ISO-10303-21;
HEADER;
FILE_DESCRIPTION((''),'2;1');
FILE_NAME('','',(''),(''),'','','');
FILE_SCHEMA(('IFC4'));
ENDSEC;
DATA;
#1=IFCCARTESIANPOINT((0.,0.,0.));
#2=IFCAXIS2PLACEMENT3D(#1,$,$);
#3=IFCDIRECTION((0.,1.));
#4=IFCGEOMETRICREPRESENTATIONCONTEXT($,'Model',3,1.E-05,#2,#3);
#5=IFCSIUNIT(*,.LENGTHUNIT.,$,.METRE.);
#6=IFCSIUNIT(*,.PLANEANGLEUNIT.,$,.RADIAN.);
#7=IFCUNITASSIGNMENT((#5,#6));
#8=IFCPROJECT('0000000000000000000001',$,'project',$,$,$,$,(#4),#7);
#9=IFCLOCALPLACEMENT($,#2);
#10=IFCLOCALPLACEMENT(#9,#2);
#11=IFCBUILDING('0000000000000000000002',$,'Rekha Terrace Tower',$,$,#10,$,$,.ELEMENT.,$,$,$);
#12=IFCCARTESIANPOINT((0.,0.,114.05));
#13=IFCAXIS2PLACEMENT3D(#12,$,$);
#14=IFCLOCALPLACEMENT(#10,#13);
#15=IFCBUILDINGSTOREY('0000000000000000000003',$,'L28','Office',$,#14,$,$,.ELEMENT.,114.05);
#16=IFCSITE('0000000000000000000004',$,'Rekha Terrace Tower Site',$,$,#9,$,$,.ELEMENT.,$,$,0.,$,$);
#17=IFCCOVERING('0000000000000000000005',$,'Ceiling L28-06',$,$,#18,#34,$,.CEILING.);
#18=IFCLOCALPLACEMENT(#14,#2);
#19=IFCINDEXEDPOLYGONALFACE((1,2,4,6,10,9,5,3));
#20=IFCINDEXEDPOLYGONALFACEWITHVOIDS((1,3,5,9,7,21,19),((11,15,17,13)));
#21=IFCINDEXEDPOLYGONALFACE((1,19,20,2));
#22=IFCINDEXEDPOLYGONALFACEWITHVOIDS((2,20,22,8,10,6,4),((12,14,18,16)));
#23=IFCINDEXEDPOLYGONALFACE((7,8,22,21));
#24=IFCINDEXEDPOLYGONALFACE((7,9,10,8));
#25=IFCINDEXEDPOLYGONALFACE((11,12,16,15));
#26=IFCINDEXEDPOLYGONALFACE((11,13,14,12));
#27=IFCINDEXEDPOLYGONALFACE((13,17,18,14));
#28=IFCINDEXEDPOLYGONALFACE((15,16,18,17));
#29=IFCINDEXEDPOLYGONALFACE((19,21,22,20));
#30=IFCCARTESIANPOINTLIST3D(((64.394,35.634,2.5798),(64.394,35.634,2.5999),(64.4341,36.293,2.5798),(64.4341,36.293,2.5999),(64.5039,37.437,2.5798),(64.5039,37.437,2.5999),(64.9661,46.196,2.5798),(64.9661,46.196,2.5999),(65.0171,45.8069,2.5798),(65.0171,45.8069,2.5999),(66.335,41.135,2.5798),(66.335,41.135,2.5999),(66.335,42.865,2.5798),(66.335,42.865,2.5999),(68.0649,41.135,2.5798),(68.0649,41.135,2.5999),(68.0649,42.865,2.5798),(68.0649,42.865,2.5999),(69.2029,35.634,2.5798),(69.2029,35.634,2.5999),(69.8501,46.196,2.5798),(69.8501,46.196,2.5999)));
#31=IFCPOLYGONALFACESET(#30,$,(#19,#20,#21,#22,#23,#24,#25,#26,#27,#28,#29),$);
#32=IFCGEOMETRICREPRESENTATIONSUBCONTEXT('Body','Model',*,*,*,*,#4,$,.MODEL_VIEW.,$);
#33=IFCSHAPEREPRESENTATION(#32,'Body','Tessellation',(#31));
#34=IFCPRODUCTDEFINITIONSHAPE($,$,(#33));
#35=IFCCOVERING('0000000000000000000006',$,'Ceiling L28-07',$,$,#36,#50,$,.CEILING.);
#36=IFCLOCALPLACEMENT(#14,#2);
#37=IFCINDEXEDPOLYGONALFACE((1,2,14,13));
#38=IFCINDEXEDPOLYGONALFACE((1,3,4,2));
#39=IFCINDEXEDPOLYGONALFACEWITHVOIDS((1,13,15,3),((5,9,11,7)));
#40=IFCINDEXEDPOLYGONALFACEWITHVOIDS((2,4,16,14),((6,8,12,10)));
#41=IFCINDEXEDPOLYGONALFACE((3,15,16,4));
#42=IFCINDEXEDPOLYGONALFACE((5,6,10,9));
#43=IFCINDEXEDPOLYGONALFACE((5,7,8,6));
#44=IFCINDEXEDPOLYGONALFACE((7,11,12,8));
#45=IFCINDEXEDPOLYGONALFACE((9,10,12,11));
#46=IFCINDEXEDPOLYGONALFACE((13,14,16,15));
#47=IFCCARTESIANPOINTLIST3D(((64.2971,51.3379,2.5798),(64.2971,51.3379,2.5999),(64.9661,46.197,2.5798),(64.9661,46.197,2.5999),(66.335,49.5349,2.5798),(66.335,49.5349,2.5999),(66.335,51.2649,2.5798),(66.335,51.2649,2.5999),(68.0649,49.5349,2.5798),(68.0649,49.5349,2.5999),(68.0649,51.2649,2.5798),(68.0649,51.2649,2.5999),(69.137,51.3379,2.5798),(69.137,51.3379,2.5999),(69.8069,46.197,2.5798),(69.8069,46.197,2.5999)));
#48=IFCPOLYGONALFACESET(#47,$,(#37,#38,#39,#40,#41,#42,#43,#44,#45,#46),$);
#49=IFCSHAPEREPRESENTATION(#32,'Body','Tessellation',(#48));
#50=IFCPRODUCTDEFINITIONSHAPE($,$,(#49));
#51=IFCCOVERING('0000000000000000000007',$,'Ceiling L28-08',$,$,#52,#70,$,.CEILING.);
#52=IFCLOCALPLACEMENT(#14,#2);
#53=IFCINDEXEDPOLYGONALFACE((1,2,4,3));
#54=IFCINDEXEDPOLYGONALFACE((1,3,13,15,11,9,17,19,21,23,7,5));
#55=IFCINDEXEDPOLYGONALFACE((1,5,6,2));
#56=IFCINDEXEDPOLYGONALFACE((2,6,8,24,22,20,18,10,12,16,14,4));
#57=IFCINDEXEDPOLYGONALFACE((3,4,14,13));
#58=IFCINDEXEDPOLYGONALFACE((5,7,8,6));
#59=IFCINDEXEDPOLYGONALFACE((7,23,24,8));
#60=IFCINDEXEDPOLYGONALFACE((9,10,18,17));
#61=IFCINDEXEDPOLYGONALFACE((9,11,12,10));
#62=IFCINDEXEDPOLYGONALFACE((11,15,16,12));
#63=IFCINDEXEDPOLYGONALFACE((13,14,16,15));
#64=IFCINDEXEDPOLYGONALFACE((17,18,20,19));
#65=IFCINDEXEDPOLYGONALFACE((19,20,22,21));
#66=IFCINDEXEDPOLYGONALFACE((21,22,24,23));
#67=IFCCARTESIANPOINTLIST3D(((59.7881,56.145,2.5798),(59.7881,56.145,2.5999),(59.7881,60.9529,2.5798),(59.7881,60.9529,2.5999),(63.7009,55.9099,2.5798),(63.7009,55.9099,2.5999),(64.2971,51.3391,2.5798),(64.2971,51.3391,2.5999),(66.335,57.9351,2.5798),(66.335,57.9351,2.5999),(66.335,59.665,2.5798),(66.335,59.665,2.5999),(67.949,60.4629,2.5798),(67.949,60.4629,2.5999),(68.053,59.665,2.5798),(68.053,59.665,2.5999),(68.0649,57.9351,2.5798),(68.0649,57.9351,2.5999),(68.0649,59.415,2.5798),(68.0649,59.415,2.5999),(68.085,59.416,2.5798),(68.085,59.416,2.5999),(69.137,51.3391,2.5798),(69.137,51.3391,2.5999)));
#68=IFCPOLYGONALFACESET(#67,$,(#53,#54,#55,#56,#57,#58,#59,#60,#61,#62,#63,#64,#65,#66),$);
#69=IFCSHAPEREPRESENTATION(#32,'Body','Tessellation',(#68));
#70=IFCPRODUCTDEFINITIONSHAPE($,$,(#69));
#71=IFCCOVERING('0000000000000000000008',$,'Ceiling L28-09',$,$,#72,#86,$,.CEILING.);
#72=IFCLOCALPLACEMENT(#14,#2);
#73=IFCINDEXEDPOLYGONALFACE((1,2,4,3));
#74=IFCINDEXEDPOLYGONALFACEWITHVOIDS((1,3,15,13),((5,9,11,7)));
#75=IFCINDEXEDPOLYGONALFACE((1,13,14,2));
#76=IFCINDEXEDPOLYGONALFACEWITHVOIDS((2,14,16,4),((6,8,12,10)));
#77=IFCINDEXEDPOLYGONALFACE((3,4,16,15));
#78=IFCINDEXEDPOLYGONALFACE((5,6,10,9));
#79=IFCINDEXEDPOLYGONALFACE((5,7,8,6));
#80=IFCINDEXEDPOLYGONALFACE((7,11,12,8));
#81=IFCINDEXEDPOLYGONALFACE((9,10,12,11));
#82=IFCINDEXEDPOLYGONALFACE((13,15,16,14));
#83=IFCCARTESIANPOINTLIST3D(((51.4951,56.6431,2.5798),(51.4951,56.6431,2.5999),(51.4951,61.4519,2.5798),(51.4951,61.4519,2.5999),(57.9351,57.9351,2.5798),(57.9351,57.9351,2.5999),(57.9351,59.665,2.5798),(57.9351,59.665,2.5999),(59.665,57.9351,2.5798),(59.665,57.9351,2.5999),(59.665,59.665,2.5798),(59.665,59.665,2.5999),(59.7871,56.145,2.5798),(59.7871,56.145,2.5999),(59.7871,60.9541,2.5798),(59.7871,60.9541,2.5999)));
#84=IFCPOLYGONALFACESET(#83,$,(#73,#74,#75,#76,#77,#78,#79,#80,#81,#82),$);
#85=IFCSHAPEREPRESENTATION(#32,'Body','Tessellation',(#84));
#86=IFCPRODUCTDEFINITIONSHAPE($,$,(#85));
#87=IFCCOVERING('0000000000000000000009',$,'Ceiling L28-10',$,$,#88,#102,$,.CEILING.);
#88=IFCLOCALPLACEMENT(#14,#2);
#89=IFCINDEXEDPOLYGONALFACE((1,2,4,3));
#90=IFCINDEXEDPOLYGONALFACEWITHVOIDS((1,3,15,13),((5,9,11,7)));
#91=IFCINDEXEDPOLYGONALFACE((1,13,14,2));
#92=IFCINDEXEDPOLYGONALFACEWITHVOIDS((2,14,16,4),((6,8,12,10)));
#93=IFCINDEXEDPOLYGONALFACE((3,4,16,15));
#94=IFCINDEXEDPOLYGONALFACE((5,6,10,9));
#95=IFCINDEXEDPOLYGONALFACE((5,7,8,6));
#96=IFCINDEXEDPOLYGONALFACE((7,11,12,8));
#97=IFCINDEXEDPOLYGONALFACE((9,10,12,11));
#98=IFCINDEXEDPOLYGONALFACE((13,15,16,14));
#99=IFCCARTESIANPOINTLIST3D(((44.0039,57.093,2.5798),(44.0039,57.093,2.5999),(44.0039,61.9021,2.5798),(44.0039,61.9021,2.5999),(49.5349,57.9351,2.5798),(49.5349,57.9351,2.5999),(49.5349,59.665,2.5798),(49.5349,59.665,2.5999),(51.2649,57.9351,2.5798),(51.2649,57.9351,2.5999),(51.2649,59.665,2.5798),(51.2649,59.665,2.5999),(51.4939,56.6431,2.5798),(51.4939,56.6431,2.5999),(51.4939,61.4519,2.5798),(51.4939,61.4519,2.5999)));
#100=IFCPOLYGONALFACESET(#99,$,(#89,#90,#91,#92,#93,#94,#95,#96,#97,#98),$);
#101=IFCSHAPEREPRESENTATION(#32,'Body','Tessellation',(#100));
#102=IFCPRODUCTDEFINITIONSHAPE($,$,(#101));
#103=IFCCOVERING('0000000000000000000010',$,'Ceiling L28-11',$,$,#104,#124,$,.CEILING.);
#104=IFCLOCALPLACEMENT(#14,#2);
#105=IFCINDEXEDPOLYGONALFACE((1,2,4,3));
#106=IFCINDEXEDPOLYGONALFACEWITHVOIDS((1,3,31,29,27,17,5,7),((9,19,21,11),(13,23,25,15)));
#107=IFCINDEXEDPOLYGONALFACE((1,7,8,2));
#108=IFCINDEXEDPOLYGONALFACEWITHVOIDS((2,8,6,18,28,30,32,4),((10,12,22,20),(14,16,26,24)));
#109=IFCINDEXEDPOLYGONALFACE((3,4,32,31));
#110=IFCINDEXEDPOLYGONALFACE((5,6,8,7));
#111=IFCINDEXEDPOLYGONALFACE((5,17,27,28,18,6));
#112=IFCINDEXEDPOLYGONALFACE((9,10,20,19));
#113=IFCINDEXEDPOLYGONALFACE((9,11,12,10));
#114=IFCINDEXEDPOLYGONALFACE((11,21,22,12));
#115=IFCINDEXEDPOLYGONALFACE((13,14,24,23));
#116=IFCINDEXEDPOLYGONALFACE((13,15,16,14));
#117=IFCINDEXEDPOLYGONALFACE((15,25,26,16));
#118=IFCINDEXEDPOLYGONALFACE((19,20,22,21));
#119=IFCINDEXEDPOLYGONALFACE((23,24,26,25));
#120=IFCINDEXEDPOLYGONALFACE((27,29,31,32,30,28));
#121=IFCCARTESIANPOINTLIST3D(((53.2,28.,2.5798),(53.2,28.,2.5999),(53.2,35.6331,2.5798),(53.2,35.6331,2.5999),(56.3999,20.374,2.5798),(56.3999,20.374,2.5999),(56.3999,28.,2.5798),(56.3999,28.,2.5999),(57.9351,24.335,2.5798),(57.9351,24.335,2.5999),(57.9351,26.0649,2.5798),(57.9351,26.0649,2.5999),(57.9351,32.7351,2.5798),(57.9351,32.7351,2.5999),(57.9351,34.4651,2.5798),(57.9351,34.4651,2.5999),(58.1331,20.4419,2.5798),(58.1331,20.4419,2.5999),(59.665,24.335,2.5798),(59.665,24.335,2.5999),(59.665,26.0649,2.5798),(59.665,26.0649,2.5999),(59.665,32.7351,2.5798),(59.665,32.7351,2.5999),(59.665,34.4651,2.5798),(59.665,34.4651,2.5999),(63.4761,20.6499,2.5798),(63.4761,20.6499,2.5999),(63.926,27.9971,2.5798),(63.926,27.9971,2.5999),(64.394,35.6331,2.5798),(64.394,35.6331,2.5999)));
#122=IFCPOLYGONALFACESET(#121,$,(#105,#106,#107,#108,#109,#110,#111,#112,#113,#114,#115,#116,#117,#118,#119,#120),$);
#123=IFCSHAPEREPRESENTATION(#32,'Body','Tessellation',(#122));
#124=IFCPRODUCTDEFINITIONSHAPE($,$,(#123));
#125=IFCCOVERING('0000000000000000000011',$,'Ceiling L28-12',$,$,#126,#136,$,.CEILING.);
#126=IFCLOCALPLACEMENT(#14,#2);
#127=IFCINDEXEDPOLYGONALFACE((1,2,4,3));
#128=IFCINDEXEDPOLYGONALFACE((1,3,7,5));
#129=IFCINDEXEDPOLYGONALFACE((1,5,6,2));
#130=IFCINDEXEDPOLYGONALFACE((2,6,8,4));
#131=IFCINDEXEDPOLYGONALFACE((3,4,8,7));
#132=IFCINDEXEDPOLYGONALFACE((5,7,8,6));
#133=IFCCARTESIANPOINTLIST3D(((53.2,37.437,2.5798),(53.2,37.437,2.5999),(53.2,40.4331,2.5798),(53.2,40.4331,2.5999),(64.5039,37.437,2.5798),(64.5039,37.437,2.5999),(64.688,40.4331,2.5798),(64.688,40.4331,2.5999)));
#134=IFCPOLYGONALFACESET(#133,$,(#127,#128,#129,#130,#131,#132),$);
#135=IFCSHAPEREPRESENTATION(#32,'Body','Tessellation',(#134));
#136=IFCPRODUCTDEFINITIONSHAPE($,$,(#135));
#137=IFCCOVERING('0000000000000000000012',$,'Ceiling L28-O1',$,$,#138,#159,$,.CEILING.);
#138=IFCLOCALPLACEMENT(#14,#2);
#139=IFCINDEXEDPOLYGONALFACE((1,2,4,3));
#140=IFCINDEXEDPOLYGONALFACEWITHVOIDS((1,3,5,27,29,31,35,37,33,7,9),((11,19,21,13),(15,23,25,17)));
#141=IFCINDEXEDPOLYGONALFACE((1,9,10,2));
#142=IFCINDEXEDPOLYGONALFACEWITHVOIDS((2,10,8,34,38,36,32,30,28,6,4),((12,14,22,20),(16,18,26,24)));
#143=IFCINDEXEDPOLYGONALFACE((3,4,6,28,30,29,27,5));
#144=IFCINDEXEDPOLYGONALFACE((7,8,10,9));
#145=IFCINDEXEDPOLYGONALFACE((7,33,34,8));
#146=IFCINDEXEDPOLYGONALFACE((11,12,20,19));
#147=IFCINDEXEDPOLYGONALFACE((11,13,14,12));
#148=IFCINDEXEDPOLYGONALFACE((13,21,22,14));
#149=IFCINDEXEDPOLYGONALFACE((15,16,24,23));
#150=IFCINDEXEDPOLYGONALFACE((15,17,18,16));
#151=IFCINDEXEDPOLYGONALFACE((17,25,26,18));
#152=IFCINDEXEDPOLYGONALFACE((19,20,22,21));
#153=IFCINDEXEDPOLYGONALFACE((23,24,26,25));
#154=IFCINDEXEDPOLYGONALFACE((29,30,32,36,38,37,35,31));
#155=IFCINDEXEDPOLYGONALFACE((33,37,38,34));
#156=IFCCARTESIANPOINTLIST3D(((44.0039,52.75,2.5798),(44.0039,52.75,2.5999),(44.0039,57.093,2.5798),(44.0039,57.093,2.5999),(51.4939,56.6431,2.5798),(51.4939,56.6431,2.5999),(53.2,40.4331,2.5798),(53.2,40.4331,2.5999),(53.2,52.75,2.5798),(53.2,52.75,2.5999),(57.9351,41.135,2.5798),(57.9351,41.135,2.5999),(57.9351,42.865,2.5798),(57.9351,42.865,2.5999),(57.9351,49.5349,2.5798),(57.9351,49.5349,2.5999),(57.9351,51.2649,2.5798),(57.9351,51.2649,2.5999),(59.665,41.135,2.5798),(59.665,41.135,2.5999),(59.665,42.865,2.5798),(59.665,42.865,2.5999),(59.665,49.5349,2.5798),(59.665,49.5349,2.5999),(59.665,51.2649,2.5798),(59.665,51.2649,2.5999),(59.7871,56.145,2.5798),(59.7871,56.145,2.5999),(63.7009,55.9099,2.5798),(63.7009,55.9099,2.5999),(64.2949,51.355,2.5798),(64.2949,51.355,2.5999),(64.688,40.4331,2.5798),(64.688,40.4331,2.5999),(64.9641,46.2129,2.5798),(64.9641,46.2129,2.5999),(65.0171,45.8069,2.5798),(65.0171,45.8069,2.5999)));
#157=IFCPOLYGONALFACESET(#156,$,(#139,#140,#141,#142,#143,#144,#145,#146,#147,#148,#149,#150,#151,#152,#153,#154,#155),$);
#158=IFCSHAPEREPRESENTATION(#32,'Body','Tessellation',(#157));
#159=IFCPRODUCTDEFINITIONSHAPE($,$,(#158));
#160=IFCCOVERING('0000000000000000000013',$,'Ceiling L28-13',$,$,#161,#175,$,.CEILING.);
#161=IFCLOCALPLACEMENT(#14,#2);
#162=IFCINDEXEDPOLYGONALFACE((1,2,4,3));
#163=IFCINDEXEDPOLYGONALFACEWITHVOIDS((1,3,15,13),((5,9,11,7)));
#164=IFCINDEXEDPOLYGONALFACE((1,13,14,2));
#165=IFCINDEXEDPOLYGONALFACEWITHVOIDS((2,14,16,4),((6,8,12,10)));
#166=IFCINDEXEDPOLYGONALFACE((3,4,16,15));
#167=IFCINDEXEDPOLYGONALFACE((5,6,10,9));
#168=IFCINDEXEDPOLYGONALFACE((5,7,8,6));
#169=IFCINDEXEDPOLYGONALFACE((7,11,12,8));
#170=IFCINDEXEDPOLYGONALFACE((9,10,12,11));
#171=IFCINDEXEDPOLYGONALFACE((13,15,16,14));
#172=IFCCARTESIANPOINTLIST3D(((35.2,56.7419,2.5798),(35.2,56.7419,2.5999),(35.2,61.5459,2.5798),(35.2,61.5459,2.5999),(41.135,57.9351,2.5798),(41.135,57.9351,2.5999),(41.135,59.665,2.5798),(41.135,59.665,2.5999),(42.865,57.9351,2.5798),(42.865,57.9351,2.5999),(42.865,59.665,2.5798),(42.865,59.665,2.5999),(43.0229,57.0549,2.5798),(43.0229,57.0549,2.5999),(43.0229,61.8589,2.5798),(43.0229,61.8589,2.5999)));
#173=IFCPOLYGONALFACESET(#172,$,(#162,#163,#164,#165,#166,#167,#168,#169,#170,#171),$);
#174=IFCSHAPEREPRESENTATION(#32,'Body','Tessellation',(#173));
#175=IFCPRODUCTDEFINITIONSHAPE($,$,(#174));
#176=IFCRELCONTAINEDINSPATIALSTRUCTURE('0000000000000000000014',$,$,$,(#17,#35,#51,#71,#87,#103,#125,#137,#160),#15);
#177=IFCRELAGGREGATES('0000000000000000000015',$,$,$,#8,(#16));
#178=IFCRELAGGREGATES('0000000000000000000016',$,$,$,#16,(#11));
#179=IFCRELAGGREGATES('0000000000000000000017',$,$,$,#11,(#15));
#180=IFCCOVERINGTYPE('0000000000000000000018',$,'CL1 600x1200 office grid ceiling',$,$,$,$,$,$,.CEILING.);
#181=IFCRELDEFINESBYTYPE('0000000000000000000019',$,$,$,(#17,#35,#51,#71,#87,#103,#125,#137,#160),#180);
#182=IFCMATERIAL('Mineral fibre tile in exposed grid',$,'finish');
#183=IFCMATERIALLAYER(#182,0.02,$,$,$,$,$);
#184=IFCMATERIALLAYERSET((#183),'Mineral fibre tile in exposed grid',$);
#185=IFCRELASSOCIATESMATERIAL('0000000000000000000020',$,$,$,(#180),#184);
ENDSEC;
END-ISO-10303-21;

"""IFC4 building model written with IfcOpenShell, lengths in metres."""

from ifc_helpers import new_model, si_unit, direction, frame, origin, place, context, subcontext, project, spatial, polyline, outline, extrude, material, layer, layer_set, type_object, element, save


model = new_model("IFC4")

# Units and contexts
model_context = context("Model", 3, precision=1e-05, world=origin(), true_north=direction((0.0, 1.0)))
body_context = subcontext(model_context, "Body", "Model", "MODEL_VIEW")
ifc_project = project(units=[si_unit("LENGTHUNIT", "METRE"), si_unit("PLANEANGLEUNIT", "RADIAN")], contexts=[model_context])

# Site, building, storey
site_placement = place(None, origin())
site = spatial("IfcSite", under=ifc_project, at=site_placement, Name="Rekha Terrace Tower Site", CompositionType="ELEMENT", RefElevation=0.0)
building_placement = place(site_placement, origin())
building = spatial("IfcBuilding", under=site, at=building_placement, Name="Rekha Terrace Tower", CompositionType="ELEMENT")
storey_placement = place(building_placement, frame((0.0, 0.0, 114.05)))
storey = spatial("IfcBuildingStorey", under=building, at=storey_placement, Name="L28", Description="Office", CompositionType="ELEMENT", Elevation=114.05)

# Coverings
ifc_material_1 = material(Name="Mineral fibre tile in exposed grid", Category="finish")
ifc_layer_1 = layer(ifc_material_1, 0.02)
ifc_layer_set_1 = layer_set([ifc_layer_1], Name="Mineral fibre tile in exposed grid")
covering_type_1 = type_object("IfcCoveringType", Name="CL1 600x1200 office grid ceiling", PredefinedType="CEILING", material=ifc_layer_set_1)
covering_1_placement = place(storey_placement, frame((0.0, 0.0, 2.5798)))
element("IfcCovering", 1, at=covering_1_placement, inside=storey, type_object=covering_type_1, Name="Ceiling L28-06", PredefinedType="CEILING", context=body_context, shape_type="SweptSolid", body=[
    extrude(outline(polyline([(65.0171, 45.8069), (64.5039, 37.437), (64.4341, 36.293), (64.394, 35.634), (69.2029, 35.634), (69.8501, 46.196), (64.9661, 46.196), (65.0171, 45.8069)]), holes=[polyline([(68.0649, 41.135), (66.335, 41.135), (66.335, 42.865), (68.0649, 42.865), (68.0649, 41.135)])]), origin(), (0.0, 0.0, 1.0), 0.02),
])
covering_2_placement = place(storey_placement, frame((0.0, 0.0, 2.5798)))
element("IfcCovering", 2, at=covering_2_placement, inside=storey, type_object=covering_type_1, Name="Ceiling L28-07", PredefinedType="CEILING", context=body_context, shape_type="SweptSolid", body=[
    extrude(outline(polyline([(64.9661, 46.197), (69.8069, 46.197), (69.137, 51.3379), (64.2971, 51.3379), (64.9661, 46.197)]), holes=[polyline([(68.0649, 49.5349), (66.335, 49.5349), (66.335, 51.2649), (68.0649, 51.2649), (68.0649, 49.5349)])]), origin(), (0.0, 0.0, 1.0), 0.02),
])
covering_3_placement = place(storey_placement, frame((0.0, 0.0, 2.5798)))
element("IfcCovering", 3, at=covering_3_placement, inside=storey, type_object=covering_type_1, Name="Ceiling L28-08", PredefinedType="CEILING", context=body_context, shape_type="SweptSolid", body=[
    extrude(outline(polyline([(67.949, 60.4629), (59.7881, 60.9529), (59.7881, 56.145), (63.7009, 55.9099), (64.2971, 51.3391), (69.137, 51.3391), (68.085, 59.416), (68.0649, 59.415), (68.0649, 57.9351), (66.335, 57.9351), (66.335, 59.665), (68.053, 59.665), (67.949, 60.4629)])), origin(), (0.0, 0.0, 1.0), 0.02),
])
covering_4_placement = place(storey_placement, frame((0.0, 0.0, 2.5798)))
element("IfcCovering", 4, at=covering_4_placement, inside=storey, type_object=covering_type_1, Name="Ceiling L28-09", PredefinedType="CEILING", context=body_context, shape_type="SweptSolid", body=[
    extrude(outline(polyline([(59.7871, 56.145), (59.7871, 60.9541), (51.4951, 61.4519), (51.4951, 56.6431), (59.7871, 56.145)]), holes=[polyline([(59.665, 57.9351), (57.9351, 57.9351), (57.9351, 59.665), (59.665, 59.665), (59.665, 57.9351)])]), origin(), (0.0, 0.0, 1.0), 0.02),
])
covering_5_placement = place(storey_placement, frame((0.0, 0.0, 2.5798)))
element("IfcCovering", 5, at=covering_5_placement, inside=storey, type_object=covering_type_1, Name="Ceiling L28-10", PredefinedType="CEILING", context=body_context, shape_type="SweptSolid", body=[
    extrude(outline(polyline([(51.4939, 56.6431), (51.4939, 61.4519), (44.0039, 61.9021), (44.0039, 57.093), (51.4939, 56.6431)]), holes=[polyline([(51.2649, 57.9351), (49.5349, 57.9351), (49.5349, 59.665), (51.2649, 59.665), (51.2649, 57.9351)])]), origin(), (0.0, 0.0, 1.0), 0.02),
])
covering_6_placement = place(storey_placement, frame((0.0, 0.0, 2.5798)))
element("IfcCovering", 6, at=covering_6_placement, inside=storey, type_object=covering_type_1, Name="Ceiling L28-11", PredefinedType="CEILING", context=body_context, shape_type="SweptSolid", body=[
    extrude(outline(polyline([(56.3999, 20.374), (58.1331, 20.4419), (63.4761, 20.6499), (63.926, 27.9971), (64.394, 35.6331), (53.2, 35.6331), (53.2, 28.0), (56.3999, 28.0), (56.3999, 20.374)]), holes=[polyline([(59.665, 26.0649), (59.665, 24.335), (57.9351, 24.335), (57.9351, 26.0649), (59.665, 26.0649)]), polyline([(59.665, 32.7351), (57.9351, 32.7351), (57.9351, 34.4651), (59.665, 34.4651), (59.665, 32.7351)])]), origin(), (0.0, 0.0, 1.0), 0.02),
])
covering_7_placement = place(storey_placement, frame((0.0, 0.0, 2.5798)))
element("IfcCovering", 7, at=covering_7_placement, inside=storey, type_object=covering_type_1, Name="Ceiling L28-12", PredefinedType="CEILING", context=body_context, shape_type="SweptSolid", body=[
    extrude(outline(polyline([(64.688, 40.4331), (53.2, 40.4331), (53.2, 37.437), (64.5039, 37.437), (64.688, 40.4331)])), origin(), (0.0, 0.0, 1.0), 0.02),
])
covering_8_placement = place(storey_placement, frame((0.0, 0.0, 2.5798)))
element("IfcCovering", 8, at=covering_8_placement, inside=storey, type_object=covering_type_1, Name="Ceiling L28-O1", PredefinedType="CEILING", context=body_context, shape_type="SweptSolid", body=[
    extrude(outline(polyline([(59.7871, 56.145), (51.4939, 56.6431), (44.0039, 57.093), (44.0039, 52.75), (53.2, 52.75), (53.2, 40.4331), (64.688, 40.4331), (65.0171, 45.8069), (64.9641, 46.2129), (64.2949, 51.355), (63.7009, 55.9099), (59.7871, 56.145)]), holes=[polyline([(59.665, 41.135), (57.9351, 41.135), (57.9351, 42.865), (59.665, 42.865), (59.665, 41.135)]), polyline([(59.665, 49.5349), (57.9351, 49.5349), (57.9351, 51.2649), (59.665, 51.2649), (59.665, 49.5349)])]), origin(), (0.0, 0.0, 1.0), 0.02),
])
covering_9_placement = place(storey_placement, frame((0.0, 0.0, 2.5798)))
element("IfcCovering", 9, at=covering_9_placement, inside=storey, type_object=covering_type_1, Name="Ceiling L28-13", PredefinedType="CEILING", context=body_context, shape_type="SweptSolid", body=[
    extrude(outline(polyline([(35.2, 61.5459), (35.2, 56.7419), (43.0229, 57.0549), (43.0229, 61.8589), (35.2, 61.5459)]), holes=[polyline([(42.865, 57.9351), (41.135, 57.9351), (41.135, 59.665), (42.865, 59.665), (42.865, 57.9351)])]), origin(), (0.0, 0.0, 1.0), 0.02),
])

save(model, "model.ifc")
